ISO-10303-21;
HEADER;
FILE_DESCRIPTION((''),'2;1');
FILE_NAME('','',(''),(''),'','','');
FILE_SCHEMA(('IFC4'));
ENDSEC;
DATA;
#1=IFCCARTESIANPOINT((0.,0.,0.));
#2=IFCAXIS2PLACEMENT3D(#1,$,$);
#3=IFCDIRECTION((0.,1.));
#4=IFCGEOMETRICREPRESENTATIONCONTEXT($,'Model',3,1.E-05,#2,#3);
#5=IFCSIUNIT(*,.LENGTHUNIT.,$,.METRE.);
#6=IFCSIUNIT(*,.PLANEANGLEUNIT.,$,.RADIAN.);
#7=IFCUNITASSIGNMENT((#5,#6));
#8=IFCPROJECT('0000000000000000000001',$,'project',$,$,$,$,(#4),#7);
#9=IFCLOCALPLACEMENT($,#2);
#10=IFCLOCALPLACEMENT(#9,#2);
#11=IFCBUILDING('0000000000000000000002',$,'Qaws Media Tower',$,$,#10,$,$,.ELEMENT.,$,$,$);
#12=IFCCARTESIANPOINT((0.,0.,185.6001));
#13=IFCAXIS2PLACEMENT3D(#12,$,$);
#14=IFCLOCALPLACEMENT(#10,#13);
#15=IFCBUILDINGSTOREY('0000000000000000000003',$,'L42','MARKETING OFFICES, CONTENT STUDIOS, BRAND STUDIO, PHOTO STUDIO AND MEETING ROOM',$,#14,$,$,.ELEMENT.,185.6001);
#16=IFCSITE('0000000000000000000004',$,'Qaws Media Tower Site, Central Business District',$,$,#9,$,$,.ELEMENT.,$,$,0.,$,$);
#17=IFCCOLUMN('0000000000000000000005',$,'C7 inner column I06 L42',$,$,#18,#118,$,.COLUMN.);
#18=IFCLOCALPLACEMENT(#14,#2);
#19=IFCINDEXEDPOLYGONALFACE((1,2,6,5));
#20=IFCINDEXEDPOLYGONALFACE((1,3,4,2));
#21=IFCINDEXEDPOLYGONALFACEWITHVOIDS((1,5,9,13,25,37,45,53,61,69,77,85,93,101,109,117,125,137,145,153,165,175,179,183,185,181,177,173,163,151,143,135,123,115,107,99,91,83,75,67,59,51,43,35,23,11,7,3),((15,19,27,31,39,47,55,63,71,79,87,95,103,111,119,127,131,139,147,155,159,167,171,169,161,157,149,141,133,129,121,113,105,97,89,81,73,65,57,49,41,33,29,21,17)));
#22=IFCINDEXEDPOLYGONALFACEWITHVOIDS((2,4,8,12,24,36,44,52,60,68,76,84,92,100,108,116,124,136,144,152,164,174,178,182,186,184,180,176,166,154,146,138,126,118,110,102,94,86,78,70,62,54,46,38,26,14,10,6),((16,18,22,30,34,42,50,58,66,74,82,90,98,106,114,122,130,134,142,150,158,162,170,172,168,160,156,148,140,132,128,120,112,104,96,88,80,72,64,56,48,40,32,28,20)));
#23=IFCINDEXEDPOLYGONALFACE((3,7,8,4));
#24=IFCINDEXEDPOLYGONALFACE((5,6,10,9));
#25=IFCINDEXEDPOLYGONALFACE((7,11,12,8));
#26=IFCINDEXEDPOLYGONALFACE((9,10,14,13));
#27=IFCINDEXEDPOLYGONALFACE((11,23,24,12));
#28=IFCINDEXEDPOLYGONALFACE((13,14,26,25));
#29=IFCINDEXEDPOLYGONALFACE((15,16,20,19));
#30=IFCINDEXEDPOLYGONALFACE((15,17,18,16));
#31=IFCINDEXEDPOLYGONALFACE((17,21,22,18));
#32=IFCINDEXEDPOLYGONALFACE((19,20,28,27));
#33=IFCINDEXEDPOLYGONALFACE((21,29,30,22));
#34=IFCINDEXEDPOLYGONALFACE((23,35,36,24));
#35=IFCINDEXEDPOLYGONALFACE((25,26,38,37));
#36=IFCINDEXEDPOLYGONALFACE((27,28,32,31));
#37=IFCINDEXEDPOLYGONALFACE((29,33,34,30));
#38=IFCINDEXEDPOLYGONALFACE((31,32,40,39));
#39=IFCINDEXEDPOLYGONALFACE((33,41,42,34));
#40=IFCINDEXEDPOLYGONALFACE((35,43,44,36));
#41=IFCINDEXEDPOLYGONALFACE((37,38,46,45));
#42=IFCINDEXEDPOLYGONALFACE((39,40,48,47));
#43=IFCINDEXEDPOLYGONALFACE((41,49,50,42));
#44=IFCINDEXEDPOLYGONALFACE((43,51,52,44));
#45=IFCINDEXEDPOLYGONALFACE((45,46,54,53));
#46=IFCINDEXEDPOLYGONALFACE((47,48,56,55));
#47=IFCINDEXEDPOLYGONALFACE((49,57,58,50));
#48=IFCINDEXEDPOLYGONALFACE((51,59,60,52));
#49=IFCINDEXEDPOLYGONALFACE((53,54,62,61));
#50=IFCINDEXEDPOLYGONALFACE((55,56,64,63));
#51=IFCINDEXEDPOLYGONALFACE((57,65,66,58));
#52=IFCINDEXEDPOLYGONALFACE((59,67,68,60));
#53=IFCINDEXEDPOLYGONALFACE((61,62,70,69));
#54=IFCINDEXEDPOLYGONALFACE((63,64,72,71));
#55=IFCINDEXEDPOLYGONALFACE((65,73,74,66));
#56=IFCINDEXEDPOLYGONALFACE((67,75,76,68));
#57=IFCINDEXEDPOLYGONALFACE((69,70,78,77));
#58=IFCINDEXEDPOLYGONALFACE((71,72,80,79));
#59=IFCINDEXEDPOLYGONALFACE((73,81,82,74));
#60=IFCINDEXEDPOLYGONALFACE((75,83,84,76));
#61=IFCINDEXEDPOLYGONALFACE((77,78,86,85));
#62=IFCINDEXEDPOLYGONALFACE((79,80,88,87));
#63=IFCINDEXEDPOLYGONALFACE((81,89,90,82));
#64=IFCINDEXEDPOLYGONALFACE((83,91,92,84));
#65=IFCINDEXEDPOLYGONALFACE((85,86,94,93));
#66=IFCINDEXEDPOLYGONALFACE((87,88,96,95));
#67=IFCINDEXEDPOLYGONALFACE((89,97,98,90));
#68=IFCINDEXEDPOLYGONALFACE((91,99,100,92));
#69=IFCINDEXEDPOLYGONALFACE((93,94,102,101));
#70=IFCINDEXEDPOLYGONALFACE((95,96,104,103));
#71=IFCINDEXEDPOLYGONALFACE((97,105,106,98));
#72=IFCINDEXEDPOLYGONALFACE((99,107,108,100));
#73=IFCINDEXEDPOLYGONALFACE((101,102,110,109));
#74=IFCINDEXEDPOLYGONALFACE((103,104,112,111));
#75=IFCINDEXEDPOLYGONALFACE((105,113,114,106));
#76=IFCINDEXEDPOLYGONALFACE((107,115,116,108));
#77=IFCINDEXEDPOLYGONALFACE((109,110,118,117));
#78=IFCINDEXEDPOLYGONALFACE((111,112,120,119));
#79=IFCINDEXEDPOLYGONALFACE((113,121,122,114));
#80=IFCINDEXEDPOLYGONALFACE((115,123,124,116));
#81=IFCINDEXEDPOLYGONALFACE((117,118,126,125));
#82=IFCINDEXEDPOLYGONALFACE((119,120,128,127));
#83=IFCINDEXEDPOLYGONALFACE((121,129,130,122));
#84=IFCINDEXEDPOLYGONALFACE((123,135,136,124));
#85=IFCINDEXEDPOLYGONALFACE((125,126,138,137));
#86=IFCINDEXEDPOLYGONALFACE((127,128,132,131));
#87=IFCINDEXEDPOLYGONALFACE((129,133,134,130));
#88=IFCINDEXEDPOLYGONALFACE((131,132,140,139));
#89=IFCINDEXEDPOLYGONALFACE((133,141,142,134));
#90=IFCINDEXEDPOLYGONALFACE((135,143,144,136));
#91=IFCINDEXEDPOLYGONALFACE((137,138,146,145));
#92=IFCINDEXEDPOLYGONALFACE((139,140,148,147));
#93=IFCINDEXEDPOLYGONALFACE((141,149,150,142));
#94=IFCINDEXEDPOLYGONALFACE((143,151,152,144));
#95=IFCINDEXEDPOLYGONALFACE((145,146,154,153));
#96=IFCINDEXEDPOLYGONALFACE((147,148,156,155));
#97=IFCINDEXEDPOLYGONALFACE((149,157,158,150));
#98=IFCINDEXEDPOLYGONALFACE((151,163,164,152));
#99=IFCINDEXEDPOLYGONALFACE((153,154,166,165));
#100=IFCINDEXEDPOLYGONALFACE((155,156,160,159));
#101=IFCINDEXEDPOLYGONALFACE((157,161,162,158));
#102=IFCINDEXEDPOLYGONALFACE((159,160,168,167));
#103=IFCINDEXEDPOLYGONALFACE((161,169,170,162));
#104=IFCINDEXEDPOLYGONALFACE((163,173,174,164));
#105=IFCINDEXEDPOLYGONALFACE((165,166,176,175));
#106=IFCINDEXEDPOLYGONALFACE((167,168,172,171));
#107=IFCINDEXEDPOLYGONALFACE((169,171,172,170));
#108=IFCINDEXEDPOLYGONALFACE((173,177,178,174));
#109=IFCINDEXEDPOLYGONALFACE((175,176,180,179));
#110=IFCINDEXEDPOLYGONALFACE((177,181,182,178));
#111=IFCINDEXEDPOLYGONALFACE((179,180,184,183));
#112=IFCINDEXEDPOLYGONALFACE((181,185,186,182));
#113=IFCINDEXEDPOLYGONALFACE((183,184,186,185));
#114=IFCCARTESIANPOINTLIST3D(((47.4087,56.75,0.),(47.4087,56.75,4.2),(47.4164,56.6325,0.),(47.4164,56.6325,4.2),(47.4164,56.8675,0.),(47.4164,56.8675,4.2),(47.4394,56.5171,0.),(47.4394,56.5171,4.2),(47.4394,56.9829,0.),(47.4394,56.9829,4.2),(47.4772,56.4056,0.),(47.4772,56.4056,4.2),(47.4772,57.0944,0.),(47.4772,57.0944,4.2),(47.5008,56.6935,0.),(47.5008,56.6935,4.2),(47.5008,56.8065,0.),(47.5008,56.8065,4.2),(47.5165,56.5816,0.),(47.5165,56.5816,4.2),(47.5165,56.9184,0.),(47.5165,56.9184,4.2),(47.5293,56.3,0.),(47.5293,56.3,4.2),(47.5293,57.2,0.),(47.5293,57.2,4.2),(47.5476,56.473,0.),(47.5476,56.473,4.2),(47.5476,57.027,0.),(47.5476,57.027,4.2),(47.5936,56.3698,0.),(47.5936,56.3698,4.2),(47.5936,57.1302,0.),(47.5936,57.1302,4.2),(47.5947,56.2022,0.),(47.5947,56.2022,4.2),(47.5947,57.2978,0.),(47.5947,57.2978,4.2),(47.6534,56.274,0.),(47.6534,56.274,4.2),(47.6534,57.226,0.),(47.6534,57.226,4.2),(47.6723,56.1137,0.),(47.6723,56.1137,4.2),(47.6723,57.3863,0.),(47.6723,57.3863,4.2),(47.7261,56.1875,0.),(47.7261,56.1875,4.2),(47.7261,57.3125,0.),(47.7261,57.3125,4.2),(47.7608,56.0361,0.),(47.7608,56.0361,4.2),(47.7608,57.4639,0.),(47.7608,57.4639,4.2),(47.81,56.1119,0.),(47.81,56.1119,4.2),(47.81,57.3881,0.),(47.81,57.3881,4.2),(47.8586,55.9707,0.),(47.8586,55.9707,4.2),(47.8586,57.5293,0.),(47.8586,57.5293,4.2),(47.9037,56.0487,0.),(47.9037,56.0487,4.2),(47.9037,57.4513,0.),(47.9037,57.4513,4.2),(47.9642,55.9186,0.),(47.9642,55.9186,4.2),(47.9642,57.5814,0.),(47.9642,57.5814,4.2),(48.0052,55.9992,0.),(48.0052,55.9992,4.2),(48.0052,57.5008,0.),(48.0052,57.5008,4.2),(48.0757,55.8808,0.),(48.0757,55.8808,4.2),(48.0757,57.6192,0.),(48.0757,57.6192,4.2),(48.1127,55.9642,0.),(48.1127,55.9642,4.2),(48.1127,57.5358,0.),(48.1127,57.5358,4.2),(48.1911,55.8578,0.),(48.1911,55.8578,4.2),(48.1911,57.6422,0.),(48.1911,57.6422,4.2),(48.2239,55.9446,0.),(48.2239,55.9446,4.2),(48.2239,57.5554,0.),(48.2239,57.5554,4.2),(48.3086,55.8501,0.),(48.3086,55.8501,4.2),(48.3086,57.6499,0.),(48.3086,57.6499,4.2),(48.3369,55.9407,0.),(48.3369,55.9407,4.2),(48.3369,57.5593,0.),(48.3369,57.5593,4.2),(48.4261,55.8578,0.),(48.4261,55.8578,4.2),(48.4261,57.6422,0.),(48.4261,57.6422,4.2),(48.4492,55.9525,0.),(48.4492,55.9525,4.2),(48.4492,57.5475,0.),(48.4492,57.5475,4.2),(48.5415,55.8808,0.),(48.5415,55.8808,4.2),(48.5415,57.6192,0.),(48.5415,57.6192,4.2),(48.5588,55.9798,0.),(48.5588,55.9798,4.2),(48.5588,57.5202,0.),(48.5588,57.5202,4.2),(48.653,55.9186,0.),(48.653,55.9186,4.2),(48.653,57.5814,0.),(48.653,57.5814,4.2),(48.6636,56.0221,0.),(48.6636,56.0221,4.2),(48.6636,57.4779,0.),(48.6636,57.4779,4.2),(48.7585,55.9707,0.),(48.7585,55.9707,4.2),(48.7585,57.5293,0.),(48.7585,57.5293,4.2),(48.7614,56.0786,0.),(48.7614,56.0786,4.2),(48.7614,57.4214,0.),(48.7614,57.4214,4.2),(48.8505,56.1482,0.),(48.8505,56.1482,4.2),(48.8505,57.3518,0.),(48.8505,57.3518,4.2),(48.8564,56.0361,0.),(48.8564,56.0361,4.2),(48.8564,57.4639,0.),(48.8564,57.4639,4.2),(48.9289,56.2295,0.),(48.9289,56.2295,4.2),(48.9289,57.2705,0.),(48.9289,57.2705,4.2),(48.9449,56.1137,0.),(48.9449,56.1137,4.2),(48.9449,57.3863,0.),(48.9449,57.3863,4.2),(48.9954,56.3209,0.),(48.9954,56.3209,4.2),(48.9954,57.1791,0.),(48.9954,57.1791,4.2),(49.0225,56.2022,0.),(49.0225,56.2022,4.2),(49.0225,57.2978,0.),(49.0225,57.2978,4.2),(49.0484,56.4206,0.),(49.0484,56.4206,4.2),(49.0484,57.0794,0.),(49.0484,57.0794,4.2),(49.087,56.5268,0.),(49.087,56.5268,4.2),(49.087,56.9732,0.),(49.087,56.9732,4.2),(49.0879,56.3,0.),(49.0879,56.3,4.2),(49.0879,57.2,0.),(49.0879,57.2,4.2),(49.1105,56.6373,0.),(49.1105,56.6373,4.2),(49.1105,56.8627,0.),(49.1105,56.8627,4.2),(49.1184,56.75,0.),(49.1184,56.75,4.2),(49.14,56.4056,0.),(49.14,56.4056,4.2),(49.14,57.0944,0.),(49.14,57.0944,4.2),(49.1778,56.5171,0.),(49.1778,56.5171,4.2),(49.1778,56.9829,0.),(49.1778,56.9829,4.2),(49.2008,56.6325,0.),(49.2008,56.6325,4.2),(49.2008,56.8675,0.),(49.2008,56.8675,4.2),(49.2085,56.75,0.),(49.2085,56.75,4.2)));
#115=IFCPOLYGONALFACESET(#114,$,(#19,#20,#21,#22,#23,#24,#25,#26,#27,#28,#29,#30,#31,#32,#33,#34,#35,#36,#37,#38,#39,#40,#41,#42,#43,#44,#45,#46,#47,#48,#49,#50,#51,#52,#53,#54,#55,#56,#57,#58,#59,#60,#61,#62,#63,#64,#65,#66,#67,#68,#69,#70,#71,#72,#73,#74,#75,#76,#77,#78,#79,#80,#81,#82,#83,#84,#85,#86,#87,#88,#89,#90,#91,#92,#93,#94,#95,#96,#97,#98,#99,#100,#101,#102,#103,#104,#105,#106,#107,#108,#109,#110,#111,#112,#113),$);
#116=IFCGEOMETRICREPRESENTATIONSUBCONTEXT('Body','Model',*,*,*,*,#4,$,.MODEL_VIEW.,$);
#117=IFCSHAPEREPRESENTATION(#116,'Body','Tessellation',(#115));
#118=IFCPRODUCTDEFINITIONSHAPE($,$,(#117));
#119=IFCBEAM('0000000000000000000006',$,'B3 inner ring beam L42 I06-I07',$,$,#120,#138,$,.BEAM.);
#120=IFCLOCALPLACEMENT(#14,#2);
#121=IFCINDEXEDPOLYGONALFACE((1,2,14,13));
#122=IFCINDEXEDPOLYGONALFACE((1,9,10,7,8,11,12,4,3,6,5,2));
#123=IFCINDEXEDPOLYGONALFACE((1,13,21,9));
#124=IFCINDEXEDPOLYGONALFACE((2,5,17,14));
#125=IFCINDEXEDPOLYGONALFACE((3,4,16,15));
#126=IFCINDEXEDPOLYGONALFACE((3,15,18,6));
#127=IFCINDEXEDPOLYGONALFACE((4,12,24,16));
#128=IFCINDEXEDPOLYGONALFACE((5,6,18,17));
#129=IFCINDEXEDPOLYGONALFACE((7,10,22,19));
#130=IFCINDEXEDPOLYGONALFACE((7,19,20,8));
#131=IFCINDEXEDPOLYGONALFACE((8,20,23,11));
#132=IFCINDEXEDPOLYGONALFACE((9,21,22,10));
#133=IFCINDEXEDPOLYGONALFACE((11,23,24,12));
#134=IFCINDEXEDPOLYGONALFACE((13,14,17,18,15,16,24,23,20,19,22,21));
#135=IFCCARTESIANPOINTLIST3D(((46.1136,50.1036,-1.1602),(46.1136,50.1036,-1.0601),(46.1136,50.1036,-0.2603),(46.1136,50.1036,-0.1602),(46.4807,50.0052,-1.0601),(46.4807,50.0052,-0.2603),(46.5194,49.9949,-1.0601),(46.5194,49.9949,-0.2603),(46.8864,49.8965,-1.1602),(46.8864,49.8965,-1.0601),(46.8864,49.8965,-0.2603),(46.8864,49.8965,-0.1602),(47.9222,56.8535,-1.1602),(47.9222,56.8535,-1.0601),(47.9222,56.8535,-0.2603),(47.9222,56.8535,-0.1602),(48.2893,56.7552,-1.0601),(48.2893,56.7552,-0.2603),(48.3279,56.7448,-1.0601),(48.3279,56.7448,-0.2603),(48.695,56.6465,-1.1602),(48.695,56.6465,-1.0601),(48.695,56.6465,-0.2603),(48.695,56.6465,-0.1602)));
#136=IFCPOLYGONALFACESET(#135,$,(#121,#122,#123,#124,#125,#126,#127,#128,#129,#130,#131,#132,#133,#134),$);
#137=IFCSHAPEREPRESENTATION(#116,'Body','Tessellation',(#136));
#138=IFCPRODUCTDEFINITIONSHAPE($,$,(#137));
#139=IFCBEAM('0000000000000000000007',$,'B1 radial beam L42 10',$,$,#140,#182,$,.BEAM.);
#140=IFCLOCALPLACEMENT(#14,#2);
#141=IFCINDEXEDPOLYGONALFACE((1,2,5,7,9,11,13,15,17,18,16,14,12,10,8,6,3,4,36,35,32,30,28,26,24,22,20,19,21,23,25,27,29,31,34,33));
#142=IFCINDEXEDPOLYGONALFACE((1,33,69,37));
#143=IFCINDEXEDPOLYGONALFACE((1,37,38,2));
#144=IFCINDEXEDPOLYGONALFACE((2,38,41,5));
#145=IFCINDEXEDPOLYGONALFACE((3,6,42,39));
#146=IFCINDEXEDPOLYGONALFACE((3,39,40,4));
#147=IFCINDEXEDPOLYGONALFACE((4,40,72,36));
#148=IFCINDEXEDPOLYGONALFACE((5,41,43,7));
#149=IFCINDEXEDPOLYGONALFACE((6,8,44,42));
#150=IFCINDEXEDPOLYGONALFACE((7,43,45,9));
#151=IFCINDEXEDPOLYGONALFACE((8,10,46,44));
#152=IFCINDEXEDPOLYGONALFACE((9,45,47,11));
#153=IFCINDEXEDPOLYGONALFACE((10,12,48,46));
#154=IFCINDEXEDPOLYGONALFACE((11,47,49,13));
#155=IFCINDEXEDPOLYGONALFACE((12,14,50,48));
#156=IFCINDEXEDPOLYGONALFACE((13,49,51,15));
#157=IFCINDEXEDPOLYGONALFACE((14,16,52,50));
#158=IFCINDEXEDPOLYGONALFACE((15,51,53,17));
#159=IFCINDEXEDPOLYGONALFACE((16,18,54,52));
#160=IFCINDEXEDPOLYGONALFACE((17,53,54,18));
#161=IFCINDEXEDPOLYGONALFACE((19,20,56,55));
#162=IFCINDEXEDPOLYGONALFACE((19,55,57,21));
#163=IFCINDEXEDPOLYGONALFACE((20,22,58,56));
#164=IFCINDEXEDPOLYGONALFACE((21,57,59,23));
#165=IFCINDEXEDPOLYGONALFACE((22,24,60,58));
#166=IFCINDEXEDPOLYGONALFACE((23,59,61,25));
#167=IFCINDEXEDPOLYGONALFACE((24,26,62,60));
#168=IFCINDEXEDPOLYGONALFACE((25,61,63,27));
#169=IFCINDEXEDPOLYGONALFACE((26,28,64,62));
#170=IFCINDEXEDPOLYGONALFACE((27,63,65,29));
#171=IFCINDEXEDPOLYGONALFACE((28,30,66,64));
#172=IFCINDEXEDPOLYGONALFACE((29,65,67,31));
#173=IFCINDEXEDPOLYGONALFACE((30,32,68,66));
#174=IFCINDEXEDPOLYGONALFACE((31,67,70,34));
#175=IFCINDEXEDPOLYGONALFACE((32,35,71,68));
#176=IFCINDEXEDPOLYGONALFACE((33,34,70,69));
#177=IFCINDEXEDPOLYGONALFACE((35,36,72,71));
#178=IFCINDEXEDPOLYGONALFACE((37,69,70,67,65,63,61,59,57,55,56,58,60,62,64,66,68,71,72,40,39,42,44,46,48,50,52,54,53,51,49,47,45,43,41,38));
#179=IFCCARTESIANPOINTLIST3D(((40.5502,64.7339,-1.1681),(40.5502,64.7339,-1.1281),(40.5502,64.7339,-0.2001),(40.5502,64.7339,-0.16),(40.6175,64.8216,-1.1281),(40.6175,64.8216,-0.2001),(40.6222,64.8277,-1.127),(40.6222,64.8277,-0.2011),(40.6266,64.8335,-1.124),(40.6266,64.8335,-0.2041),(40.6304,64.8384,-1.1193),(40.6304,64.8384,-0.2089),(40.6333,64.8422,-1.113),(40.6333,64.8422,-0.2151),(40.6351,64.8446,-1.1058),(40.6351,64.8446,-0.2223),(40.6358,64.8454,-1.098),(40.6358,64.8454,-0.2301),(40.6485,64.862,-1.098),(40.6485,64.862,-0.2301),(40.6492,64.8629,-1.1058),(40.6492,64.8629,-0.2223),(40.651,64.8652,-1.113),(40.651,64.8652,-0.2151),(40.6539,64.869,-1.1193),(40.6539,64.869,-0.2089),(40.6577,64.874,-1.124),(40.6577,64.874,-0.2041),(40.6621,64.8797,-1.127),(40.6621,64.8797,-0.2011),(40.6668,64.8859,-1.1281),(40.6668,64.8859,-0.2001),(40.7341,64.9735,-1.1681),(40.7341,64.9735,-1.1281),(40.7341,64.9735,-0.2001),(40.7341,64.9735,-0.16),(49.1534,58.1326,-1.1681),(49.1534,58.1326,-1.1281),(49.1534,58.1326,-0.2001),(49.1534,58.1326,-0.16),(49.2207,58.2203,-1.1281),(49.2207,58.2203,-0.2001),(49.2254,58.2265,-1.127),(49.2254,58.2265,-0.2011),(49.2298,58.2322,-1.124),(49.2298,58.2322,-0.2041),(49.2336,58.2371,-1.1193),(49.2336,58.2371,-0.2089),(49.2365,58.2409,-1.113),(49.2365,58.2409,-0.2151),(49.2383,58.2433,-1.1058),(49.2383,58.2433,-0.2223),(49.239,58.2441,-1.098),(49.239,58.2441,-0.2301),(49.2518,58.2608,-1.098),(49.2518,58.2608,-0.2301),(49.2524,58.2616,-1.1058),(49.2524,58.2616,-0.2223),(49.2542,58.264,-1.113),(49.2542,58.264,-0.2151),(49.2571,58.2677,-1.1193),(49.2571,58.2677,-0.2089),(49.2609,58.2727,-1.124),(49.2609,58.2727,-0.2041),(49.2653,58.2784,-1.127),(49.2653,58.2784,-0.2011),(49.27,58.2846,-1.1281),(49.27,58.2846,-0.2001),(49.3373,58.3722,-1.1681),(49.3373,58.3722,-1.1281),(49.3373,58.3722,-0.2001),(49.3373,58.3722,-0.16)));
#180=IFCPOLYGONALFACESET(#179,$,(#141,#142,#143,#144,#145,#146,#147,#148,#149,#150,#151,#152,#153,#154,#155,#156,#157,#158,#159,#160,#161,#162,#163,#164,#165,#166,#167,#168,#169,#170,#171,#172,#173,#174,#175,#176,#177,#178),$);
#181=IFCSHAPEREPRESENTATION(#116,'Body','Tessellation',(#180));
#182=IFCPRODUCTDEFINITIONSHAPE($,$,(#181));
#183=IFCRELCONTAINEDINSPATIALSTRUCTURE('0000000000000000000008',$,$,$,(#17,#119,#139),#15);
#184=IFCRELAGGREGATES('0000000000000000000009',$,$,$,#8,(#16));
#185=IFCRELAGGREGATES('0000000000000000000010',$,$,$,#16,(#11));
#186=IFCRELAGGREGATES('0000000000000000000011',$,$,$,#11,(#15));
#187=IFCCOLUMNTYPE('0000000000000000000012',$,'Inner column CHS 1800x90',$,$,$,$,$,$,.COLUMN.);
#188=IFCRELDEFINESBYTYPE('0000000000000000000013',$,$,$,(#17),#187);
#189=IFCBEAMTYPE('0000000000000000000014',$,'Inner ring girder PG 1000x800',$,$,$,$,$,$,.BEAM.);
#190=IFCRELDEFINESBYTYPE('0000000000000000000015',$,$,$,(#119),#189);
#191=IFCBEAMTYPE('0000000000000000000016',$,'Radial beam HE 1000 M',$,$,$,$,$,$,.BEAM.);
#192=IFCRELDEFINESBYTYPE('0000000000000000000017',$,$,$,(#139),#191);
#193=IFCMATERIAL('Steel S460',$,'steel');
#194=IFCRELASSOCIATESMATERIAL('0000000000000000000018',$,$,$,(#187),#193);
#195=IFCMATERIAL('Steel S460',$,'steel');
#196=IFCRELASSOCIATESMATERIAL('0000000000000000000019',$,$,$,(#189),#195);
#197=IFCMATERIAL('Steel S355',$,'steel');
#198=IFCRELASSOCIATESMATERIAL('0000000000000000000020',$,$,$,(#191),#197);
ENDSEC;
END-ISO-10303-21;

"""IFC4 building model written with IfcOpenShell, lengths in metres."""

from ifc_helpers import new_model, si_unit, direction, frame, origin, origin_2d, place, context, subcontext, project, spatial, hollow_circle, i_section, extrude, material, material_profile, profile_set, type_object, element, save


model = new_model("IFC4")

# Units and contexts
model_context = context("Model", 3, precision=1e-05, world=origin(), true_north=direction((0.0, 1.0)))
body_context = subcontext(model_context, "Body", "Model", "MODEL_VIEW")
ifc_project = project(units=[si_unit("LENGTHUNIT", "METRE"), si_unit("PLANEANGLEUNIT", "RADIAN")], contexts=[model_context])

# Site, building, storey
site_placement = place(None, origin())
site = spatial("IfcSite", under=ifc_project, at=site_placement, Name="Qaws Media Tower Site, Central Business District", CompositionType="ELEMENT", RefElevation=0.0)
building_placement = place(site_placement, origin())
building = spatial("IfcBuilding", under=site, at=building_placement, Name="Qaws Media Tower", CompositionType="ELEMENT")
storey_placement = place(building_placement, frame((0.0, 0.0, 185.6001)))
storey = spatial("IfcBuildingStorey", under=building, at=storey_placement, Name="L42", Description="MARKETING OFFICES, CONTENT STUDIOS, BRAND STUDIO, PHOTO STUDIO AND MEETING ROOM", CompositionType="ELEMENT", Elevation=185.6001)

# Column
ifc_material_1 = material(Name="Steel S460", Category="steel")
ifc_material_profile_1 = material_profile(ifc_material_1, hollow_circle(Radius=0.8999, WallThickness=0.0901, at=origin_2d()), Name="CHS 1800x90")
ifc_profile_set_1 = profile_set([ifc_material_profile_1], Name="Steel S460")
column_type = type_object("IfcColumnType", Name="Inner column CHS 1800x90", PredefinedType="COLUMN", material=ifc_profile_set_1)
column_placement = place(storey_placement, frame((48.3086, 56.75, 0.0), z_axis=(0.0, 0.0, 1.0), x_axis=(1.0, 0.0, 0.0)))
element("IfcColumn", 1, at=column_placement, inside=storey, type_object=column_type, Name="C7 inner column I06 L42", PredefinedType="COLUMN", context=body_context, shape_type="SweptSolid", body=[
    extrude(hollow_circle(Radius=0.8999, WallThickness=0.0901, at=origin_2d()), origin(), (0.0, 0.0, 1.0), 4.2),
])

# Beams
ifc_material_2 = material(Name="Steel S460", Category="steel")
ifc_material_profile_2 = material_profile(ifc_material_2, i_section(OverallWidth=0.8, OverallDepth=1.0, WebThickness=0.04, FlangeThickness=0.1001, at=origin_2d()), Name="PG 1000x800")
ifc_profile_set_2 = profile_set([ifc_material_profile_2], Name="Steel S460")
beam_type_1 = type_object("IfcBeamType", Name="Inner ring girder PG 1000x800", PredefinedType="BEAM", material=ifc_profile_set_2)
beam_1_placement = place(storey_placement, frame((48.3086, 56.75, -0.6602), z_axis=(-0.258811, -0.965928, 0.0), x_axis=(0.965928, -0.258811, 0.0)))
element("IfcBeam", 2, at=beam_1_placement, inside=storey, type_object=beam_type_1, Name="B3 inner ring beam L42 I06-I07", PredefinedType="BEAM", context=body_context, shape_type="SweptSolid", body=[
    extrude(i_section(OverallWidth=0.8, OverallDepth=1.0, WebThickness=0.04, FlangeThickness=0.1001, at=origin_2d()), origin(), (0.0, 0.0, 1.0), 6.988),
])
ifc_material_3 = material(Name="Steel S355", Category="steel")
ifc_material_profile_3 = material_profile(ifc_material_3, i_section(OverallWidth=0.302, OverallDepth=1.0081, WebThickness=0.021, FlangeThickness=0.04, FilletRadius=0.03, at=origin_2d()), Name="HE 1000 M")
ifc_profile_set_3 = profile_set([ifc_material_profile_3], Name="Steel S355")
beam_type_2 = type_object("IfcBeamType", Name="Radial beam HE 1000 M", PredefinedType="BEAM", material=ifc_profile_set_3)
for number, where, z_axis, x_axis, name in (
    (3, (49.2454, 58.2524, -0.6641), (-0.793362, 0.60875, 0.0), (-0.60875, -0.793362, 0.0), "B1 radial beam L42 10"),
):
    element("IfcBeam", number, at=place(storey_placement, frame(where, z_axis=z_axis, x_axis=x_axis)), inside=storey, type_object=beam_type_2, Name=name, PredefinedType="BEAM", context=body_context, shape_type="SweptSolid", body=[
        extrude(i_section(OverallWidth=0.302, OverallDepth=1.0081, WebThickness=0.021, FlangeThickness=0.04, FilletRadius=0.03, at=origin_2d()), origin(), (0.0, 0.0, 1.0), 10.844),
    ])

save(model, "model.ifc")
